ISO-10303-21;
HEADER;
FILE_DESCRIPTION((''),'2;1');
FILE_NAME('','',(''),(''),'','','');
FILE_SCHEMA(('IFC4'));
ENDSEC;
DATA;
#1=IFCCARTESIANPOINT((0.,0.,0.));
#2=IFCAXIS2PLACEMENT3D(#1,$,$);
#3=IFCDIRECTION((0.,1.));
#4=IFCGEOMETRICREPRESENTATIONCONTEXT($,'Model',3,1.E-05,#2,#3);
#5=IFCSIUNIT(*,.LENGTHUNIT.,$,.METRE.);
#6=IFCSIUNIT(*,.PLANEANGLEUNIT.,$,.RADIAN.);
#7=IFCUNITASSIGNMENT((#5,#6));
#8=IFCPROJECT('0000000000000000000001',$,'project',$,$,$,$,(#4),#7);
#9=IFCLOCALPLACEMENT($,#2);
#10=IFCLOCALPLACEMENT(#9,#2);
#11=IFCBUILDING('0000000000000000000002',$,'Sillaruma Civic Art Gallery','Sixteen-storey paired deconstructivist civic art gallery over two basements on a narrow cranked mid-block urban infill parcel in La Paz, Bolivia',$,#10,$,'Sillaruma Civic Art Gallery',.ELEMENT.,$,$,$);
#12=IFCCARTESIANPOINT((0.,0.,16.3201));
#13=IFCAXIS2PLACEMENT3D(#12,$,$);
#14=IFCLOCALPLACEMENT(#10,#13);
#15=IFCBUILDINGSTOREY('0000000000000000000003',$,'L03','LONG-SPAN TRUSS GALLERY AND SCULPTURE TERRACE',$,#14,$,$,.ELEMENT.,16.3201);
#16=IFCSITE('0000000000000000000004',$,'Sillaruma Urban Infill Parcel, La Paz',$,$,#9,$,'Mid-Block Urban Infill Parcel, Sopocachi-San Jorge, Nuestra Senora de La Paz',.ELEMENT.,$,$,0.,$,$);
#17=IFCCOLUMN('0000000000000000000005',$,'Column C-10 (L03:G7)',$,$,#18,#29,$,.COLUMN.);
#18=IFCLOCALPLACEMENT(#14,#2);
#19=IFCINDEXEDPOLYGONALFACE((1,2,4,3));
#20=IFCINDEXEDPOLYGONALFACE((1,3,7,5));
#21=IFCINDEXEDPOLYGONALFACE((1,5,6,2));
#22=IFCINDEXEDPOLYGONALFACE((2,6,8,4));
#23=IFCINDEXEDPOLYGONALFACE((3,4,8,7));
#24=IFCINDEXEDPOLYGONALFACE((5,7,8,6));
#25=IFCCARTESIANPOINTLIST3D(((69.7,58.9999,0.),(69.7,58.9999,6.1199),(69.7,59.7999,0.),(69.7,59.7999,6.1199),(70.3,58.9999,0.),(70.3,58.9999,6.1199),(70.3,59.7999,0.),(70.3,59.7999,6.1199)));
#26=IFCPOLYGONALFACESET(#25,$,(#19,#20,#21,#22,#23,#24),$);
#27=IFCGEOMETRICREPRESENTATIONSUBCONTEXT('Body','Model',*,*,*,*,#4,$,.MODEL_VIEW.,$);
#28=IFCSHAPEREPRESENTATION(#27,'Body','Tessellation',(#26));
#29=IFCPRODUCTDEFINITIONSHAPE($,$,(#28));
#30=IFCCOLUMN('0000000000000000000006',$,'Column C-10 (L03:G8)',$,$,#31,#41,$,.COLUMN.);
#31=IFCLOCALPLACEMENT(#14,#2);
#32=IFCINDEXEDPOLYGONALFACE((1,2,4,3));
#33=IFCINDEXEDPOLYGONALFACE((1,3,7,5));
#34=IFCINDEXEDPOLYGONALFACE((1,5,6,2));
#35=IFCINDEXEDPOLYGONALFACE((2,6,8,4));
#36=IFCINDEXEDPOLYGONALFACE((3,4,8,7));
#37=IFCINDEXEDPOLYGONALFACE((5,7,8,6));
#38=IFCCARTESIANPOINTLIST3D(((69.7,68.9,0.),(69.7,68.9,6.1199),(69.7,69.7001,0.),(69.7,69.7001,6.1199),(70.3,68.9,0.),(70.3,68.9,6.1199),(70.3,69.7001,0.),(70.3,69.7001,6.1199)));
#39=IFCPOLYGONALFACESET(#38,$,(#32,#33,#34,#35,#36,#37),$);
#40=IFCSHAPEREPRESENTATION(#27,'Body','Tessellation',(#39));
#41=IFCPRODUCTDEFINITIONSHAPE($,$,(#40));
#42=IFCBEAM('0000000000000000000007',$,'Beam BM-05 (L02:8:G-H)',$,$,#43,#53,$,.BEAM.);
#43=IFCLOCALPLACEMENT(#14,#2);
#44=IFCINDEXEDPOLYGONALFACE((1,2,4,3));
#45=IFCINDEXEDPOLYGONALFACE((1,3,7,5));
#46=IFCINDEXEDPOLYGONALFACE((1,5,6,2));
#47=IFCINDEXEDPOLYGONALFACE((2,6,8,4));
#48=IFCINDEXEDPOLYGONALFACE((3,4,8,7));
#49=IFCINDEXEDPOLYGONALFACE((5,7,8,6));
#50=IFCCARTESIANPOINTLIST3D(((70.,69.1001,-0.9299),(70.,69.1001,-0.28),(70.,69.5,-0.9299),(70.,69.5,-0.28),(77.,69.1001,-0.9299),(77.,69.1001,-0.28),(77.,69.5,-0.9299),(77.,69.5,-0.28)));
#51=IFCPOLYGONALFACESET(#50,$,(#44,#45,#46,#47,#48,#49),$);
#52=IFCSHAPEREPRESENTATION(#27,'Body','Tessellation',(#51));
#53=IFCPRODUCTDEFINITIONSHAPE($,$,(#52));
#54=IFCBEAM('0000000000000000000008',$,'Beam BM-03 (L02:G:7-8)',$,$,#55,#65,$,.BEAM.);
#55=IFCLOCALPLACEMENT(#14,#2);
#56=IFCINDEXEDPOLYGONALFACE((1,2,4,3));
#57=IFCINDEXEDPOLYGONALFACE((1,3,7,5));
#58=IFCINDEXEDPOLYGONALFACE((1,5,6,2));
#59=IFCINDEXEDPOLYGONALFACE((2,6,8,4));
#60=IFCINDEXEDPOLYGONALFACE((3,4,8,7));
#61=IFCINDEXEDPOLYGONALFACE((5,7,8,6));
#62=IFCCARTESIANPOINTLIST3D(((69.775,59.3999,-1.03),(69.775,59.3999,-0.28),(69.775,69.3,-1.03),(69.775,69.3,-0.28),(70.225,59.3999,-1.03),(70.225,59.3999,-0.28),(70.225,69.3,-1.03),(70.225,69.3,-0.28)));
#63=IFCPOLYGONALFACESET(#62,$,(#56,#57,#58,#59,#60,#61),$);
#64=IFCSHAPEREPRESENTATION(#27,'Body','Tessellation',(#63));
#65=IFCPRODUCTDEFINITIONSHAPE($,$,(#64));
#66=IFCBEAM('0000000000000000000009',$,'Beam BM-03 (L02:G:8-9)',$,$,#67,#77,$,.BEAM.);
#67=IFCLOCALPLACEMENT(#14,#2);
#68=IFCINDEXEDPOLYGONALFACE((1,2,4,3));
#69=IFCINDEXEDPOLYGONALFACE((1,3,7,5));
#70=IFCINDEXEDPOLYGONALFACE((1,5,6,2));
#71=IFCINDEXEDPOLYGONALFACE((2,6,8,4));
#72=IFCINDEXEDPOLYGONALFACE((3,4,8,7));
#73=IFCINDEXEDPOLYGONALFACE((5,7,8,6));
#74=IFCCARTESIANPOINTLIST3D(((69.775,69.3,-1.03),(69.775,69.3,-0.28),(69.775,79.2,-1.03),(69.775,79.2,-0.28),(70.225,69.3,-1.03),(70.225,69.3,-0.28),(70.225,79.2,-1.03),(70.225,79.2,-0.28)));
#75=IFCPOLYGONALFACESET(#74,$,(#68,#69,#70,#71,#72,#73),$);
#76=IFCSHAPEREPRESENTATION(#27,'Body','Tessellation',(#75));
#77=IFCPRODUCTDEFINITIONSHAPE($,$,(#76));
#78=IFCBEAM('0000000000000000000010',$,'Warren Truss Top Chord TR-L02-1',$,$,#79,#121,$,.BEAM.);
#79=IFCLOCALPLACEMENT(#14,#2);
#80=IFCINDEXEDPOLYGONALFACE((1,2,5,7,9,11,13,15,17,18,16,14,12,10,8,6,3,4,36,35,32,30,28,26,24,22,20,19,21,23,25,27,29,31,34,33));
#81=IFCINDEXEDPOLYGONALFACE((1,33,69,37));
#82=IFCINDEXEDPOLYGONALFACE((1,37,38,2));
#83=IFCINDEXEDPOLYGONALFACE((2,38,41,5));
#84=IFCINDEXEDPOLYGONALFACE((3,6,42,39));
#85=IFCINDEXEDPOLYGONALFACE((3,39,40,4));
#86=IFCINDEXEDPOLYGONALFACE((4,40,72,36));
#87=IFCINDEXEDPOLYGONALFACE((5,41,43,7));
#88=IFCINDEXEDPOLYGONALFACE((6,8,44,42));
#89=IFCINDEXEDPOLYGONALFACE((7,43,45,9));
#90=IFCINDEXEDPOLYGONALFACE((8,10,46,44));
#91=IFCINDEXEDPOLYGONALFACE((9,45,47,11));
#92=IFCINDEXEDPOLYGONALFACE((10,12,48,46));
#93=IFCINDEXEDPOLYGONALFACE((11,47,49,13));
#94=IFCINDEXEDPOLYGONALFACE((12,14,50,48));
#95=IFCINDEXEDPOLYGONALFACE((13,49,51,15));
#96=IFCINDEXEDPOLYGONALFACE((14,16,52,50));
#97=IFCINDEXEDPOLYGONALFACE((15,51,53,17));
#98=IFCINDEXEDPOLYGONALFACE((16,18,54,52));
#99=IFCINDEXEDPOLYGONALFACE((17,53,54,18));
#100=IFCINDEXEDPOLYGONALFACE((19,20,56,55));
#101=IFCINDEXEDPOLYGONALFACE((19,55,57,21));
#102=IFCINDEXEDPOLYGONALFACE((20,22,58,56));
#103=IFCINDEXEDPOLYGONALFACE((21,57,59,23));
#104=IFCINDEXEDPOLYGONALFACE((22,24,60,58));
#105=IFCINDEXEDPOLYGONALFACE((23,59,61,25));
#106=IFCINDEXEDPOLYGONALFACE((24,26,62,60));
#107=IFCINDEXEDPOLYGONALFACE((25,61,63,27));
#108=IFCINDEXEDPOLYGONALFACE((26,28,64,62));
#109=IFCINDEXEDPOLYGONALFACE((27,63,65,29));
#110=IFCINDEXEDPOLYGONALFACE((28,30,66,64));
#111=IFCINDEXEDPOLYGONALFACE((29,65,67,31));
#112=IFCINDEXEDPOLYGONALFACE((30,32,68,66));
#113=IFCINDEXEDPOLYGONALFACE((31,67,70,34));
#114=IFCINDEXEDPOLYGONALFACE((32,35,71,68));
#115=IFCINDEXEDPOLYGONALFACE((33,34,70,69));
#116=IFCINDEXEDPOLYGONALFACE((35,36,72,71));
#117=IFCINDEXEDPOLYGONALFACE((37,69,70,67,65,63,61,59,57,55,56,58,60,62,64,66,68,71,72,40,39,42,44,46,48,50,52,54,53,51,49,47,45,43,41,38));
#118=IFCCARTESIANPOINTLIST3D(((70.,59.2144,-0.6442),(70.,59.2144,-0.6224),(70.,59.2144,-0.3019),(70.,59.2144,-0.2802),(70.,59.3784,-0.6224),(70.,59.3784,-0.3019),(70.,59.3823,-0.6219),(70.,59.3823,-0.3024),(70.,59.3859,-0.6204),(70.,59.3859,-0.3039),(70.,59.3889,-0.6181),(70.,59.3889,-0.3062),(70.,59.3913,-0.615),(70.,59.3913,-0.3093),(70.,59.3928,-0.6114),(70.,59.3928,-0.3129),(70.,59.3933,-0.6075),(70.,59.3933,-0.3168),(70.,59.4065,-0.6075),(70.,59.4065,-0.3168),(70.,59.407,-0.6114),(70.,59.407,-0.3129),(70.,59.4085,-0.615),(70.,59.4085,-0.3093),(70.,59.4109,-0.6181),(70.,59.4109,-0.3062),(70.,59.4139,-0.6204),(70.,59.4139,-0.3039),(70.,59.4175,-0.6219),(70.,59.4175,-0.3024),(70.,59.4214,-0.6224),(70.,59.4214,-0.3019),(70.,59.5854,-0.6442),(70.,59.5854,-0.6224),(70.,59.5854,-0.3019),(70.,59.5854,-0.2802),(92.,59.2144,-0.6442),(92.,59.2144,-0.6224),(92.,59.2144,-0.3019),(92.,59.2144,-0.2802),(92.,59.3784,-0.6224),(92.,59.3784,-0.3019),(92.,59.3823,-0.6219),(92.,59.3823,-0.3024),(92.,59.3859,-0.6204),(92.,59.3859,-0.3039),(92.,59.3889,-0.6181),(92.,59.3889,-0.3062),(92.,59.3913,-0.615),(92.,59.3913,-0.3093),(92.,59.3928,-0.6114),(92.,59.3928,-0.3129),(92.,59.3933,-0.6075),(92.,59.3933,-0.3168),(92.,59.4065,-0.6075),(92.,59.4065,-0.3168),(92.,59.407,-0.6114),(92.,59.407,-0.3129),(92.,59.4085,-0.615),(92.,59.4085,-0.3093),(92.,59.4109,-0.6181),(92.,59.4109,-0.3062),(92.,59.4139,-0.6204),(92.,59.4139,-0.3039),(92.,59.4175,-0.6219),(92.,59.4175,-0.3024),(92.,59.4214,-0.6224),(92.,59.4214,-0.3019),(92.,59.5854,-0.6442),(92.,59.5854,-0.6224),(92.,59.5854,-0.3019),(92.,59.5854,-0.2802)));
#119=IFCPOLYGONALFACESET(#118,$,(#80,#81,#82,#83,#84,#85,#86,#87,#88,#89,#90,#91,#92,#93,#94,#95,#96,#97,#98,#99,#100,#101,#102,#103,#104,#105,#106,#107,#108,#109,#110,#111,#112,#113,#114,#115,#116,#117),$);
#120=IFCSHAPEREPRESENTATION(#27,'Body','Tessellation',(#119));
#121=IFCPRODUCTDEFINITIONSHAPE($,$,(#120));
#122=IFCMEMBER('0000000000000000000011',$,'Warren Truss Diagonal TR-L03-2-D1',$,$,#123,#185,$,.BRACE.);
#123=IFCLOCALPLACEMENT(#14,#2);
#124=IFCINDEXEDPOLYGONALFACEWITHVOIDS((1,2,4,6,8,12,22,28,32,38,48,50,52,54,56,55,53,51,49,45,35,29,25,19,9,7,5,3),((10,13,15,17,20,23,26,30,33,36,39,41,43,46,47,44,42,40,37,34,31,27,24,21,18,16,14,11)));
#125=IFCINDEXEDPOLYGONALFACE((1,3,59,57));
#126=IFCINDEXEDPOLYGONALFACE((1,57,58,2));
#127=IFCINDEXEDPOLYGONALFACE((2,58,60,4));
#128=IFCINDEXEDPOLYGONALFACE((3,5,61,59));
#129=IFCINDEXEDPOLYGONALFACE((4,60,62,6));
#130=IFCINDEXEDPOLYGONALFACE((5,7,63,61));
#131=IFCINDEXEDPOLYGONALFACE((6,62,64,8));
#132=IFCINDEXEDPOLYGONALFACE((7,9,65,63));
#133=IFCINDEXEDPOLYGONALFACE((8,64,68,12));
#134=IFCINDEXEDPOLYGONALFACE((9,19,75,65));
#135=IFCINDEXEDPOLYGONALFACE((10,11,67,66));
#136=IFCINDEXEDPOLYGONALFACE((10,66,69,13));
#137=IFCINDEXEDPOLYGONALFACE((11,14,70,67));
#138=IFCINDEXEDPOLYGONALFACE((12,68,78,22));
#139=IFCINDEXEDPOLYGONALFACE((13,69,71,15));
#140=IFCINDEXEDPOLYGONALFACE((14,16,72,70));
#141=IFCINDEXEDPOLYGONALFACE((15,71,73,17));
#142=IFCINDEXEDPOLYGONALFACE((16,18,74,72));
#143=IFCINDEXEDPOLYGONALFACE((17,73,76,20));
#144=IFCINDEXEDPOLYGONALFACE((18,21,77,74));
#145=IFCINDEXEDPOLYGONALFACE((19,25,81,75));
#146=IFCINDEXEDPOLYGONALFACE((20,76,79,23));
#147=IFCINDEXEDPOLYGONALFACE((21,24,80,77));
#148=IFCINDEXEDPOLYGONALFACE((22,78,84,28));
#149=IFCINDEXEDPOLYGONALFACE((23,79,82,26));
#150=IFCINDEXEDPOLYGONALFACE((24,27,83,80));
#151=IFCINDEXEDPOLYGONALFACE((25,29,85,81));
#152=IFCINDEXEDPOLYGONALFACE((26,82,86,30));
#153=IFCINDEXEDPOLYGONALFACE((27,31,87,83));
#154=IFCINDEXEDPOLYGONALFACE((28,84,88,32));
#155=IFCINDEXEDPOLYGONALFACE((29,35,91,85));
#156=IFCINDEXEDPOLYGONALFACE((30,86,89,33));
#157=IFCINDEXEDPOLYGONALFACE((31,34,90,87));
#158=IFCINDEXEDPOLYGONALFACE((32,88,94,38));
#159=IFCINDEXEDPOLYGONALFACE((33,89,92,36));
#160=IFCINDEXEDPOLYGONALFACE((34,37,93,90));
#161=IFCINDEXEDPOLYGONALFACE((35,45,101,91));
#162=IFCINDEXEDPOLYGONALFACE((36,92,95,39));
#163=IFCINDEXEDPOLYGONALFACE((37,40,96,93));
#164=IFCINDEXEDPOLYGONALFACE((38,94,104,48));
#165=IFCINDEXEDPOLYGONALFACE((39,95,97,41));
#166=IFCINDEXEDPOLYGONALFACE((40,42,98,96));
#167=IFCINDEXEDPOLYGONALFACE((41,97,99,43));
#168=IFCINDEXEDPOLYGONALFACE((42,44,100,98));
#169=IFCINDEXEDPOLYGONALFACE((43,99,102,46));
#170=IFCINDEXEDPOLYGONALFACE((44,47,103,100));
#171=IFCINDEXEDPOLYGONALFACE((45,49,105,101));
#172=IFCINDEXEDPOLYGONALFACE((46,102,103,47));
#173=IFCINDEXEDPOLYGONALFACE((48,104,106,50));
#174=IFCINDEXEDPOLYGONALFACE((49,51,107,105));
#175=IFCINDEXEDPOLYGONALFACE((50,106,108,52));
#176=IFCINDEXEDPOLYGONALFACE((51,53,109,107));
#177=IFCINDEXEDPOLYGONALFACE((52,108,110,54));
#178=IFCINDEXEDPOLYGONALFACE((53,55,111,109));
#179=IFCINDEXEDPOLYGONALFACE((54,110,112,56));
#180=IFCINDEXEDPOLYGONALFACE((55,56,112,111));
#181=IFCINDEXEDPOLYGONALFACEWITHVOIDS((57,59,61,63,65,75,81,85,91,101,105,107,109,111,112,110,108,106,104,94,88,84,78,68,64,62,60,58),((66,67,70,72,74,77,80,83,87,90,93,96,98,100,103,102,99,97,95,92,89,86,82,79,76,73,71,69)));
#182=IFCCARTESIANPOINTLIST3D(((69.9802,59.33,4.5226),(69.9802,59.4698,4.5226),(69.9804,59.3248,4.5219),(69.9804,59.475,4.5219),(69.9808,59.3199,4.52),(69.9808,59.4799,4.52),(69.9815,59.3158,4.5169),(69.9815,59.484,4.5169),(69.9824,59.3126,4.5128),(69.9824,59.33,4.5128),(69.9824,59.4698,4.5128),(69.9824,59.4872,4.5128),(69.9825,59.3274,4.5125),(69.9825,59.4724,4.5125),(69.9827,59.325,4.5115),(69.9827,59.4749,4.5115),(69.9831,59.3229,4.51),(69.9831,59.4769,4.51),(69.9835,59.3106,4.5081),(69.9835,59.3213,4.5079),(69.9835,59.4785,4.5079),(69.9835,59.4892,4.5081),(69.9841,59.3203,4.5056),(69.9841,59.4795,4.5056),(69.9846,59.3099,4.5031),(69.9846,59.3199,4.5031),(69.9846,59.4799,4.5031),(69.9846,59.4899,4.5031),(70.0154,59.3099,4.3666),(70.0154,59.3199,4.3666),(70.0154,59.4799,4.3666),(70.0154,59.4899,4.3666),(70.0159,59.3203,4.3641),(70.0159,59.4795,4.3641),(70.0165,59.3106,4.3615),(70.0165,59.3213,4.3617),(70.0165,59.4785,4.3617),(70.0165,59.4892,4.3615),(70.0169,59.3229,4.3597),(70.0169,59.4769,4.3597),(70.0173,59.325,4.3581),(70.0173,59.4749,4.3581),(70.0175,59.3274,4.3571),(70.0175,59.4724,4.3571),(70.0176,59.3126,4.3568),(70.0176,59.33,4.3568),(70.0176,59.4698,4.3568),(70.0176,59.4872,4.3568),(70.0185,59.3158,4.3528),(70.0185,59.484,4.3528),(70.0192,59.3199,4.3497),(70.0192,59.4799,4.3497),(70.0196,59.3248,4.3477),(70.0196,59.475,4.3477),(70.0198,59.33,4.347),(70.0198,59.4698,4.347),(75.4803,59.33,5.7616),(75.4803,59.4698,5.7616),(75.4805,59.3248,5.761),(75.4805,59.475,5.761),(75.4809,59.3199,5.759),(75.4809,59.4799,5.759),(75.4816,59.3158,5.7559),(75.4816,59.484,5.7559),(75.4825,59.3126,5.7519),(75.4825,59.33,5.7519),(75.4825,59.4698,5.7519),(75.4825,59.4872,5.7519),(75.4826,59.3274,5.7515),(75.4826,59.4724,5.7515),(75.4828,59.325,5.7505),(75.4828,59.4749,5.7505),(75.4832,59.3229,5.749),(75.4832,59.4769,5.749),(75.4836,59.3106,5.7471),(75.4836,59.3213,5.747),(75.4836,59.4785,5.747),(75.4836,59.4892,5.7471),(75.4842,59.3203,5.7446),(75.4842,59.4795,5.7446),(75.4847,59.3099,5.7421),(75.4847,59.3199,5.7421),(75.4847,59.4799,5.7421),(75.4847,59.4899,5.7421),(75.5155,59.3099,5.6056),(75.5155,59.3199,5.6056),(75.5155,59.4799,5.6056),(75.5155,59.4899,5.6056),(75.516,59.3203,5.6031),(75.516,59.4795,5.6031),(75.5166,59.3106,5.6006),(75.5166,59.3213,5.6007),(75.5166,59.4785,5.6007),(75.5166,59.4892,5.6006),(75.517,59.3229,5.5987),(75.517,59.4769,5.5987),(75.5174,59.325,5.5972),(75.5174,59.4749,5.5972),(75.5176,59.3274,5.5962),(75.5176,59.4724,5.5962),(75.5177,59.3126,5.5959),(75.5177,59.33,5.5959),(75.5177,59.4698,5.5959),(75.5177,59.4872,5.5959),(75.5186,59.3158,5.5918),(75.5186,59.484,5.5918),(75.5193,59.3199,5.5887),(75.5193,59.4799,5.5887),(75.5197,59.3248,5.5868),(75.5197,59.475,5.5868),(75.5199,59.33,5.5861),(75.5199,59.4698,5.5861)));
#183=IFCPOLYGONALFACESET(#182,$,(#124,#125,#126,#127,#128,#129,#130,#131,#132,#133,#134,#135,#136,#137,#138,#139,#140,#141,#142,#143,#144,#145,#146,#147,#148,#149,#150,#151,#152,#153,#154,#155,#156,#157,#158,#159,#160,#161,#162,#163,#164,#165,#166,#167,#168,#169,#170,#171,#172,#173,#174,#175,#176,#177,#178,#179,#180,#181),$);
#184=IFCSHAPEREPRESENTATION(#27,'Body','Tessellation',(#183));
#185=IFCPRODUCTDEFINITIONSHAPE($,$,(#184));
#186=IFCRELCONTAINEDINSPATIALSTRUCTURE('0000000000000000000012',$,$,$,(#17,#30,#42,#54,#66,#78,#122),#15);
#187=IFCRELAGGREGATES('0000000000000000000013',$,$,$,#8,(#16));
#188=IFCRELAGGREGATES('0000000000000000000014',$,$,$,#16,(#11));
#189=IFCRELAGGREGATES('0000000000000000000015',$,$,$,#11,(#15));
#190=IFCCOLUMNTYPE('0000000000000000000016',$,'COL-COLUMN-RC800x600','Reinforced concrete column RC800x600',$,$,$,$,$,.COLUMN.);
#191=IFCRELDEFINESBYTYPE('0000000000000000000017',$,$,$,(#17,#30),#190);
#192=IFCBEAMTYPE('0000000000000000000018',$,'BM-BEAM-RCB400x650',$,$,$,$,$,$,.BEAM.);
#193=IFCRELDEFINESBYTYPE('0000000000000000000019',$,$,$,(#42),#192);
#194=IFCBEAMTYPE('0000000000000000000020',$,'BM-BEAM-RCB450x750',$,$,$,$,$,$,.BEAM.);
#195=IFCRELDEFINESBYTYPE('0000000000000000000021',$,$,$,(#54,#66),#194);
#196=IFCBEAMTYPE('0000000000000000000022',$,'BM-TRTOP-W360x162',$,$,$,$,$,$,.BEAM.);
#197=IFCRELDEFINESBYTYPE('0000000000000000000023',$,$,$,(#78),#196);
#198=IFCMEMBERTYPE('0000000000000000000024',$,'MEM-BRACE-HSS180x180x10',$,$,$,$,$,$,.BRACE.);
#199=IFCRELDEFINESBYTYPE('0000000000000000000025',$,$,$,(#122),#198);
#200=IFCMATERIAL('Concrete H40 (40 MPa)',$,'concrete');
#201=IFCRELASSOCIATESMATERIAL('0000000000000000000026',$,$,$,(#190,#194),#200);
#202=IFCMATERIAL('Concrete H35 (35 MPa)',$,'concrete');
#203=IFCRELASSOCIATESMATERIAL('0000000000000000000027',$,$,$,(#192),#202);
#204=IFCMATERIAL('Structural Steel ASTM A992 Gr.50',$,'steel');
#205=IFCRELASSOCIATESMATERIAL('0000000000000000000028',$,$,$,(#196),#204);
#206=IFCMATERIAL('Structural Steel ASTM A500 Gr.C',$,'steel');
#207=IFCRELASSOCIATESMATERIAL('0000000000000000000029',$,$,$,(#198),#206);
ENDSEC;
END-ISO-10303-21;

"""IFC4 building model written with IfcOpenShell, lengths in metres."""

from ifc_helpers import new_model, si_unit, direction, frame, origin, origin_2d, place, context, subcontext, project, spatial, rectangle, hollow_rectangle, i_section, extrude, material, material_profile, profile_set, type_object, element, save


model = new_model("IFC4")

# Units and contexts
model_context = context("Model", 3, precision=1e-05, world=origin(), true_north=direction((0.0, 1.0)))
body_context = subcontext(model_context, "Body", "Model", "MODEL_VIEW")
ifc_project = project(units=[si_unit("LENGTHUNIT", "METRE"), si_unit("PLANEANGLEUNIT", "RADIAN")], contexts=[model_context])

# Site, building, storey
site_placement = place(None, origin())
site = spatial("IfcSite", under=ifc_project, at=site_placement, Name="Sillaruma Urban Infill Parcel, La Paz", LongName="Mid-Block Urban Infill Parcel, Sopocachi-San Jorge, Nuestra Senora de La Paz", CompositionType="ELEMENT", RefElevation=0.0)
building_placement = place(site_placement, origin())
building = spatial("IfcBuilding", under=site, at=building_placement, Name="Sillaruma Civic Art Gallery", Description="Sixteen-storey paired deconstructivist civic art gallery over two basements on a narrow cranked mid-block urban infill parcel in La Paz, Bolivia", LongName="Sillaruma Civic Art Gallery", CompositionType="ELEMENT")
storey_placement = place(building_placement, frame((0.0, 0.0, 16.3201)))
storey = spatial("IfcBuildingStorey", under=building, at=storey_placement, Name="L03", Description="LONG-SPAN TRUSS GALLERY AND SCULPTURE TERRACE", CompositionType="ELEMENT", Elevation=16.3201)

# Columns
ifc_material_1 = material(Name="Concrete H40 (40 MPa)", Category="concrete")
ifc_material_profile_1 = material_profile(ifc_material_1, rectangle(XDim=0.6001, YDim=0.8, at=origin_2d()), Name="RC800x600")
ifc_profile_set_1 = profile_set([ifc_material_profile_1], Name="Concrete H40 (40 MPa)")
column_type = type_object("IfcColumnType", Name="COL-COLUMN-RC800x600", Description="Reinforced concrete column RC800x600", PredefinedType="COLUMN", material=ifc_profile_set_1)
for number, where, z_axis, x_axis, name in (
    (1, (70.0, 59.3999, 0.0), (0.0, 0.0, 1.0), (1.0, 0.0, 0.0), "Column C-10 (L03:G7)"),
    (2, (70.0, 69.3, 0.0), (0.0, 0.0, 1.0), (1.0, 0.0, 0.0), "Column C-10 (L03:G8)"),
):
    element("IfcColumn", number, at=place(storey_placement, frame(where, z_axis=z_axis, x_axis=x_axis)), inside=storey, type_object=column_type, Name=name, PredefinedType="COLUMN", context=body_context, shape_type="SweptSolid", body=[
        extrude(rectangle(XDim=0.6001, YDim=0.8, at=origin_2d()), origin(), (0.0, 0.0, 1.0), 6.1199),
    ])

# Beams
ifc_material_2 = material(Name="Concrete H35 (35 MPa)", Category="concrete")
ifc_material_profile_2 = material_profile(ifc_material_2, rectangle(XDim=0.3999, YDim=0.6499, at=origin_2d()), Name="RCB400x650")
ifc_profile_set_2 = profile_set([ifc_material_profile_2], Name="Concrete H35 (35 MPa)")
beam_type_1 = type_object("IfcBeamType", Name="BM-BEAM-RCB400x650", PredefinedType="BEAM", material=ifc_profile_set_2)
beam_1_placement = place(storey_placement, frame((70.0, 69.3, -0.605), z_axis=(1.0, 0.0, 0.0), x_axis=(0.0, 1.0, 0.0)))
element("IfcBeam", 3, at=beam_1_placement, inside=storey, type_object=beam_type_1, Name="Beam BM-05 (L02:8:G-H)", PredefinedType="BEAM", context=body_context, shape_type="SweptSolid", body=[
    extrude(rectangle(XDim=0.3999, YDim=0.6499, at=origin_2d()), origin(), (0.0, 0.0, 1.0), 7.0),
])
ifc_material_profile_3 = material_profile(ifc_material_1, rectangle(XDim=0.45, YDim=0.75, at=origin_2d()), Name="RCB450x750")
ifc_profile_set_3 = profile_set([ifc_material_profile_3], Name="Concrete H40 (40 MPa)")
beam_type_2 = type_object("IfcBeamType", Name="BM-BEAM-RCB450x750", PredefinedType="BEAM", material=ifc_profile_set_3)
beam_2_placement = place(storey_placement, frame((70.0, 59.3999, -0.655), z_axis=(0.0, 1.0, 0.0), x_axis=(-1.0, 0.0, 0.0)))
element("IfcBeam", 4, at=beam_2_placement, inside=storey, type_object=beam_type_2, Name="Beam BM-03 (L02:G:7-8)", PredefinedType="BEAM", context=body_context, shape_type="SweptSolid", body=[
    extrude(rectangle(XDim=0.45, YDim=0.75, at=origin_2d()), origin(), (0.0, 0.0, 1.0), 9.9001),
])
beam_3_placement = place(storey_placement, frame((70.0, 69.3, -0.655), z_axis=(0.0, 1.0, 0.0), x_axis=(-1.0, 0.0, 0.0)))
element("IfcBeam", 5, at=beam_3_placement, inside=storey, type_object=beam_type_2, Name="Beam BM-03 (L02:G:8-9)", PredefinedType="BEAM", context=body_context, shape_type="SweptSolid", body=[
    extrude(rectangle(XDim=0.45, YDim=0.75, at=origin_2d()), origin(), (0.0, 0.0, 1.0), 9.8999),
])
ifc_material_3 = material(Name="Structural Steel ASTM A992 Gr.50", Category="steel")
ifc_material_profile_4 = material_profile(ifc_material_3, i_section(OverallWidth=0.3711, OverallDepth=0.364, WebThickness=0.0132, FlangeThickness=0.0217, FilletRadius=0.0149, at=origin_2d()), Name="W360x162")
ifc_profile_set_4 = profile_set([ifc_material_profile_4], Name="Structural Steel ASTM A992 Gr.50")
beam_type_3 = type_object("IfcBeamType", Name="BM-TRTOP-W360x162", PredefinedType="BEAM", material=ifc_profile_set_4)
beam_4_placement = place(storey_placement, frame((70.0, 59.3999, -0.4622), z_axis=(1.0, 0.0, 0.0), x_axis=(0.0, 1.0, 0.0)))
element("IfcBeam", 6, at=beam_4_placement, inside=storey, type_object=beam_type_3, Name="Warren Truss Top Chord TR-L02-1", PredefinedType="BEAM", context=body_context, shape_type="SweptSolid", body=[
    extrude(i_section(OverallWidth=0.3711, OverallDepth=0.364, WebThickness=0.0132, FlangeThickness=0.0217, FilletRadius=0.0149, at=origin_2d()), origin(), (0.0, 0.0, 1.0), 22.0),
])

# Member
ifc_material_4 = material(Name="Structural Steel ASTM A500 Gr.C", Category="steel")
ifc_material_profile_5 = material_profile(ifc_material_4, hollow_rectangle(XDim=0.1799, YDim=0.1799, WallThickness=0.01, InnerFilletRadius=0.01, OuterFilletRadius=0.02, at=origin_2d()), Name="HSS180x180x10")
ifc_profile_set_5 = profile_set([ifc_material_profile_5], Name="Structural Steel ASTM A500 Gr.C")
member_type_1 = type_object("IfcMemberType", Name="MEM-BRACE-HSS180x180x10", PredefinedType="BRACE", material=ifc_profile_set_5)
for number, where, z_axis, x_axis, name in (
    (7, (70.0, 59.3999, 4.4348), (0.975552, 0.0, 0.219768), (0.0, 1.0, 0.0), "Warren Truss Diagonal TR-L03-2-D1"),
):
    element("IfcMember", number, at=place(storey_placement, frame(where, z_axis=z_axis, x_axis=x_axis)), inside=storey, type_object=member_type_1, Name=name, PredefinedType="BRACE", context=body_context, shape_type="SweptSolid", body=[
        extrude(hollow_rectangle(XDim=0.1799, YDim=0.1799, WallThickness=0.01, InnerFilletRadius=0.01, OuterFilletRadius=0.02, at=origin_2d()), origin(), (0.0, 0.0, 1.0), 5.6379),
    ])

save(model, "model.ifc")
